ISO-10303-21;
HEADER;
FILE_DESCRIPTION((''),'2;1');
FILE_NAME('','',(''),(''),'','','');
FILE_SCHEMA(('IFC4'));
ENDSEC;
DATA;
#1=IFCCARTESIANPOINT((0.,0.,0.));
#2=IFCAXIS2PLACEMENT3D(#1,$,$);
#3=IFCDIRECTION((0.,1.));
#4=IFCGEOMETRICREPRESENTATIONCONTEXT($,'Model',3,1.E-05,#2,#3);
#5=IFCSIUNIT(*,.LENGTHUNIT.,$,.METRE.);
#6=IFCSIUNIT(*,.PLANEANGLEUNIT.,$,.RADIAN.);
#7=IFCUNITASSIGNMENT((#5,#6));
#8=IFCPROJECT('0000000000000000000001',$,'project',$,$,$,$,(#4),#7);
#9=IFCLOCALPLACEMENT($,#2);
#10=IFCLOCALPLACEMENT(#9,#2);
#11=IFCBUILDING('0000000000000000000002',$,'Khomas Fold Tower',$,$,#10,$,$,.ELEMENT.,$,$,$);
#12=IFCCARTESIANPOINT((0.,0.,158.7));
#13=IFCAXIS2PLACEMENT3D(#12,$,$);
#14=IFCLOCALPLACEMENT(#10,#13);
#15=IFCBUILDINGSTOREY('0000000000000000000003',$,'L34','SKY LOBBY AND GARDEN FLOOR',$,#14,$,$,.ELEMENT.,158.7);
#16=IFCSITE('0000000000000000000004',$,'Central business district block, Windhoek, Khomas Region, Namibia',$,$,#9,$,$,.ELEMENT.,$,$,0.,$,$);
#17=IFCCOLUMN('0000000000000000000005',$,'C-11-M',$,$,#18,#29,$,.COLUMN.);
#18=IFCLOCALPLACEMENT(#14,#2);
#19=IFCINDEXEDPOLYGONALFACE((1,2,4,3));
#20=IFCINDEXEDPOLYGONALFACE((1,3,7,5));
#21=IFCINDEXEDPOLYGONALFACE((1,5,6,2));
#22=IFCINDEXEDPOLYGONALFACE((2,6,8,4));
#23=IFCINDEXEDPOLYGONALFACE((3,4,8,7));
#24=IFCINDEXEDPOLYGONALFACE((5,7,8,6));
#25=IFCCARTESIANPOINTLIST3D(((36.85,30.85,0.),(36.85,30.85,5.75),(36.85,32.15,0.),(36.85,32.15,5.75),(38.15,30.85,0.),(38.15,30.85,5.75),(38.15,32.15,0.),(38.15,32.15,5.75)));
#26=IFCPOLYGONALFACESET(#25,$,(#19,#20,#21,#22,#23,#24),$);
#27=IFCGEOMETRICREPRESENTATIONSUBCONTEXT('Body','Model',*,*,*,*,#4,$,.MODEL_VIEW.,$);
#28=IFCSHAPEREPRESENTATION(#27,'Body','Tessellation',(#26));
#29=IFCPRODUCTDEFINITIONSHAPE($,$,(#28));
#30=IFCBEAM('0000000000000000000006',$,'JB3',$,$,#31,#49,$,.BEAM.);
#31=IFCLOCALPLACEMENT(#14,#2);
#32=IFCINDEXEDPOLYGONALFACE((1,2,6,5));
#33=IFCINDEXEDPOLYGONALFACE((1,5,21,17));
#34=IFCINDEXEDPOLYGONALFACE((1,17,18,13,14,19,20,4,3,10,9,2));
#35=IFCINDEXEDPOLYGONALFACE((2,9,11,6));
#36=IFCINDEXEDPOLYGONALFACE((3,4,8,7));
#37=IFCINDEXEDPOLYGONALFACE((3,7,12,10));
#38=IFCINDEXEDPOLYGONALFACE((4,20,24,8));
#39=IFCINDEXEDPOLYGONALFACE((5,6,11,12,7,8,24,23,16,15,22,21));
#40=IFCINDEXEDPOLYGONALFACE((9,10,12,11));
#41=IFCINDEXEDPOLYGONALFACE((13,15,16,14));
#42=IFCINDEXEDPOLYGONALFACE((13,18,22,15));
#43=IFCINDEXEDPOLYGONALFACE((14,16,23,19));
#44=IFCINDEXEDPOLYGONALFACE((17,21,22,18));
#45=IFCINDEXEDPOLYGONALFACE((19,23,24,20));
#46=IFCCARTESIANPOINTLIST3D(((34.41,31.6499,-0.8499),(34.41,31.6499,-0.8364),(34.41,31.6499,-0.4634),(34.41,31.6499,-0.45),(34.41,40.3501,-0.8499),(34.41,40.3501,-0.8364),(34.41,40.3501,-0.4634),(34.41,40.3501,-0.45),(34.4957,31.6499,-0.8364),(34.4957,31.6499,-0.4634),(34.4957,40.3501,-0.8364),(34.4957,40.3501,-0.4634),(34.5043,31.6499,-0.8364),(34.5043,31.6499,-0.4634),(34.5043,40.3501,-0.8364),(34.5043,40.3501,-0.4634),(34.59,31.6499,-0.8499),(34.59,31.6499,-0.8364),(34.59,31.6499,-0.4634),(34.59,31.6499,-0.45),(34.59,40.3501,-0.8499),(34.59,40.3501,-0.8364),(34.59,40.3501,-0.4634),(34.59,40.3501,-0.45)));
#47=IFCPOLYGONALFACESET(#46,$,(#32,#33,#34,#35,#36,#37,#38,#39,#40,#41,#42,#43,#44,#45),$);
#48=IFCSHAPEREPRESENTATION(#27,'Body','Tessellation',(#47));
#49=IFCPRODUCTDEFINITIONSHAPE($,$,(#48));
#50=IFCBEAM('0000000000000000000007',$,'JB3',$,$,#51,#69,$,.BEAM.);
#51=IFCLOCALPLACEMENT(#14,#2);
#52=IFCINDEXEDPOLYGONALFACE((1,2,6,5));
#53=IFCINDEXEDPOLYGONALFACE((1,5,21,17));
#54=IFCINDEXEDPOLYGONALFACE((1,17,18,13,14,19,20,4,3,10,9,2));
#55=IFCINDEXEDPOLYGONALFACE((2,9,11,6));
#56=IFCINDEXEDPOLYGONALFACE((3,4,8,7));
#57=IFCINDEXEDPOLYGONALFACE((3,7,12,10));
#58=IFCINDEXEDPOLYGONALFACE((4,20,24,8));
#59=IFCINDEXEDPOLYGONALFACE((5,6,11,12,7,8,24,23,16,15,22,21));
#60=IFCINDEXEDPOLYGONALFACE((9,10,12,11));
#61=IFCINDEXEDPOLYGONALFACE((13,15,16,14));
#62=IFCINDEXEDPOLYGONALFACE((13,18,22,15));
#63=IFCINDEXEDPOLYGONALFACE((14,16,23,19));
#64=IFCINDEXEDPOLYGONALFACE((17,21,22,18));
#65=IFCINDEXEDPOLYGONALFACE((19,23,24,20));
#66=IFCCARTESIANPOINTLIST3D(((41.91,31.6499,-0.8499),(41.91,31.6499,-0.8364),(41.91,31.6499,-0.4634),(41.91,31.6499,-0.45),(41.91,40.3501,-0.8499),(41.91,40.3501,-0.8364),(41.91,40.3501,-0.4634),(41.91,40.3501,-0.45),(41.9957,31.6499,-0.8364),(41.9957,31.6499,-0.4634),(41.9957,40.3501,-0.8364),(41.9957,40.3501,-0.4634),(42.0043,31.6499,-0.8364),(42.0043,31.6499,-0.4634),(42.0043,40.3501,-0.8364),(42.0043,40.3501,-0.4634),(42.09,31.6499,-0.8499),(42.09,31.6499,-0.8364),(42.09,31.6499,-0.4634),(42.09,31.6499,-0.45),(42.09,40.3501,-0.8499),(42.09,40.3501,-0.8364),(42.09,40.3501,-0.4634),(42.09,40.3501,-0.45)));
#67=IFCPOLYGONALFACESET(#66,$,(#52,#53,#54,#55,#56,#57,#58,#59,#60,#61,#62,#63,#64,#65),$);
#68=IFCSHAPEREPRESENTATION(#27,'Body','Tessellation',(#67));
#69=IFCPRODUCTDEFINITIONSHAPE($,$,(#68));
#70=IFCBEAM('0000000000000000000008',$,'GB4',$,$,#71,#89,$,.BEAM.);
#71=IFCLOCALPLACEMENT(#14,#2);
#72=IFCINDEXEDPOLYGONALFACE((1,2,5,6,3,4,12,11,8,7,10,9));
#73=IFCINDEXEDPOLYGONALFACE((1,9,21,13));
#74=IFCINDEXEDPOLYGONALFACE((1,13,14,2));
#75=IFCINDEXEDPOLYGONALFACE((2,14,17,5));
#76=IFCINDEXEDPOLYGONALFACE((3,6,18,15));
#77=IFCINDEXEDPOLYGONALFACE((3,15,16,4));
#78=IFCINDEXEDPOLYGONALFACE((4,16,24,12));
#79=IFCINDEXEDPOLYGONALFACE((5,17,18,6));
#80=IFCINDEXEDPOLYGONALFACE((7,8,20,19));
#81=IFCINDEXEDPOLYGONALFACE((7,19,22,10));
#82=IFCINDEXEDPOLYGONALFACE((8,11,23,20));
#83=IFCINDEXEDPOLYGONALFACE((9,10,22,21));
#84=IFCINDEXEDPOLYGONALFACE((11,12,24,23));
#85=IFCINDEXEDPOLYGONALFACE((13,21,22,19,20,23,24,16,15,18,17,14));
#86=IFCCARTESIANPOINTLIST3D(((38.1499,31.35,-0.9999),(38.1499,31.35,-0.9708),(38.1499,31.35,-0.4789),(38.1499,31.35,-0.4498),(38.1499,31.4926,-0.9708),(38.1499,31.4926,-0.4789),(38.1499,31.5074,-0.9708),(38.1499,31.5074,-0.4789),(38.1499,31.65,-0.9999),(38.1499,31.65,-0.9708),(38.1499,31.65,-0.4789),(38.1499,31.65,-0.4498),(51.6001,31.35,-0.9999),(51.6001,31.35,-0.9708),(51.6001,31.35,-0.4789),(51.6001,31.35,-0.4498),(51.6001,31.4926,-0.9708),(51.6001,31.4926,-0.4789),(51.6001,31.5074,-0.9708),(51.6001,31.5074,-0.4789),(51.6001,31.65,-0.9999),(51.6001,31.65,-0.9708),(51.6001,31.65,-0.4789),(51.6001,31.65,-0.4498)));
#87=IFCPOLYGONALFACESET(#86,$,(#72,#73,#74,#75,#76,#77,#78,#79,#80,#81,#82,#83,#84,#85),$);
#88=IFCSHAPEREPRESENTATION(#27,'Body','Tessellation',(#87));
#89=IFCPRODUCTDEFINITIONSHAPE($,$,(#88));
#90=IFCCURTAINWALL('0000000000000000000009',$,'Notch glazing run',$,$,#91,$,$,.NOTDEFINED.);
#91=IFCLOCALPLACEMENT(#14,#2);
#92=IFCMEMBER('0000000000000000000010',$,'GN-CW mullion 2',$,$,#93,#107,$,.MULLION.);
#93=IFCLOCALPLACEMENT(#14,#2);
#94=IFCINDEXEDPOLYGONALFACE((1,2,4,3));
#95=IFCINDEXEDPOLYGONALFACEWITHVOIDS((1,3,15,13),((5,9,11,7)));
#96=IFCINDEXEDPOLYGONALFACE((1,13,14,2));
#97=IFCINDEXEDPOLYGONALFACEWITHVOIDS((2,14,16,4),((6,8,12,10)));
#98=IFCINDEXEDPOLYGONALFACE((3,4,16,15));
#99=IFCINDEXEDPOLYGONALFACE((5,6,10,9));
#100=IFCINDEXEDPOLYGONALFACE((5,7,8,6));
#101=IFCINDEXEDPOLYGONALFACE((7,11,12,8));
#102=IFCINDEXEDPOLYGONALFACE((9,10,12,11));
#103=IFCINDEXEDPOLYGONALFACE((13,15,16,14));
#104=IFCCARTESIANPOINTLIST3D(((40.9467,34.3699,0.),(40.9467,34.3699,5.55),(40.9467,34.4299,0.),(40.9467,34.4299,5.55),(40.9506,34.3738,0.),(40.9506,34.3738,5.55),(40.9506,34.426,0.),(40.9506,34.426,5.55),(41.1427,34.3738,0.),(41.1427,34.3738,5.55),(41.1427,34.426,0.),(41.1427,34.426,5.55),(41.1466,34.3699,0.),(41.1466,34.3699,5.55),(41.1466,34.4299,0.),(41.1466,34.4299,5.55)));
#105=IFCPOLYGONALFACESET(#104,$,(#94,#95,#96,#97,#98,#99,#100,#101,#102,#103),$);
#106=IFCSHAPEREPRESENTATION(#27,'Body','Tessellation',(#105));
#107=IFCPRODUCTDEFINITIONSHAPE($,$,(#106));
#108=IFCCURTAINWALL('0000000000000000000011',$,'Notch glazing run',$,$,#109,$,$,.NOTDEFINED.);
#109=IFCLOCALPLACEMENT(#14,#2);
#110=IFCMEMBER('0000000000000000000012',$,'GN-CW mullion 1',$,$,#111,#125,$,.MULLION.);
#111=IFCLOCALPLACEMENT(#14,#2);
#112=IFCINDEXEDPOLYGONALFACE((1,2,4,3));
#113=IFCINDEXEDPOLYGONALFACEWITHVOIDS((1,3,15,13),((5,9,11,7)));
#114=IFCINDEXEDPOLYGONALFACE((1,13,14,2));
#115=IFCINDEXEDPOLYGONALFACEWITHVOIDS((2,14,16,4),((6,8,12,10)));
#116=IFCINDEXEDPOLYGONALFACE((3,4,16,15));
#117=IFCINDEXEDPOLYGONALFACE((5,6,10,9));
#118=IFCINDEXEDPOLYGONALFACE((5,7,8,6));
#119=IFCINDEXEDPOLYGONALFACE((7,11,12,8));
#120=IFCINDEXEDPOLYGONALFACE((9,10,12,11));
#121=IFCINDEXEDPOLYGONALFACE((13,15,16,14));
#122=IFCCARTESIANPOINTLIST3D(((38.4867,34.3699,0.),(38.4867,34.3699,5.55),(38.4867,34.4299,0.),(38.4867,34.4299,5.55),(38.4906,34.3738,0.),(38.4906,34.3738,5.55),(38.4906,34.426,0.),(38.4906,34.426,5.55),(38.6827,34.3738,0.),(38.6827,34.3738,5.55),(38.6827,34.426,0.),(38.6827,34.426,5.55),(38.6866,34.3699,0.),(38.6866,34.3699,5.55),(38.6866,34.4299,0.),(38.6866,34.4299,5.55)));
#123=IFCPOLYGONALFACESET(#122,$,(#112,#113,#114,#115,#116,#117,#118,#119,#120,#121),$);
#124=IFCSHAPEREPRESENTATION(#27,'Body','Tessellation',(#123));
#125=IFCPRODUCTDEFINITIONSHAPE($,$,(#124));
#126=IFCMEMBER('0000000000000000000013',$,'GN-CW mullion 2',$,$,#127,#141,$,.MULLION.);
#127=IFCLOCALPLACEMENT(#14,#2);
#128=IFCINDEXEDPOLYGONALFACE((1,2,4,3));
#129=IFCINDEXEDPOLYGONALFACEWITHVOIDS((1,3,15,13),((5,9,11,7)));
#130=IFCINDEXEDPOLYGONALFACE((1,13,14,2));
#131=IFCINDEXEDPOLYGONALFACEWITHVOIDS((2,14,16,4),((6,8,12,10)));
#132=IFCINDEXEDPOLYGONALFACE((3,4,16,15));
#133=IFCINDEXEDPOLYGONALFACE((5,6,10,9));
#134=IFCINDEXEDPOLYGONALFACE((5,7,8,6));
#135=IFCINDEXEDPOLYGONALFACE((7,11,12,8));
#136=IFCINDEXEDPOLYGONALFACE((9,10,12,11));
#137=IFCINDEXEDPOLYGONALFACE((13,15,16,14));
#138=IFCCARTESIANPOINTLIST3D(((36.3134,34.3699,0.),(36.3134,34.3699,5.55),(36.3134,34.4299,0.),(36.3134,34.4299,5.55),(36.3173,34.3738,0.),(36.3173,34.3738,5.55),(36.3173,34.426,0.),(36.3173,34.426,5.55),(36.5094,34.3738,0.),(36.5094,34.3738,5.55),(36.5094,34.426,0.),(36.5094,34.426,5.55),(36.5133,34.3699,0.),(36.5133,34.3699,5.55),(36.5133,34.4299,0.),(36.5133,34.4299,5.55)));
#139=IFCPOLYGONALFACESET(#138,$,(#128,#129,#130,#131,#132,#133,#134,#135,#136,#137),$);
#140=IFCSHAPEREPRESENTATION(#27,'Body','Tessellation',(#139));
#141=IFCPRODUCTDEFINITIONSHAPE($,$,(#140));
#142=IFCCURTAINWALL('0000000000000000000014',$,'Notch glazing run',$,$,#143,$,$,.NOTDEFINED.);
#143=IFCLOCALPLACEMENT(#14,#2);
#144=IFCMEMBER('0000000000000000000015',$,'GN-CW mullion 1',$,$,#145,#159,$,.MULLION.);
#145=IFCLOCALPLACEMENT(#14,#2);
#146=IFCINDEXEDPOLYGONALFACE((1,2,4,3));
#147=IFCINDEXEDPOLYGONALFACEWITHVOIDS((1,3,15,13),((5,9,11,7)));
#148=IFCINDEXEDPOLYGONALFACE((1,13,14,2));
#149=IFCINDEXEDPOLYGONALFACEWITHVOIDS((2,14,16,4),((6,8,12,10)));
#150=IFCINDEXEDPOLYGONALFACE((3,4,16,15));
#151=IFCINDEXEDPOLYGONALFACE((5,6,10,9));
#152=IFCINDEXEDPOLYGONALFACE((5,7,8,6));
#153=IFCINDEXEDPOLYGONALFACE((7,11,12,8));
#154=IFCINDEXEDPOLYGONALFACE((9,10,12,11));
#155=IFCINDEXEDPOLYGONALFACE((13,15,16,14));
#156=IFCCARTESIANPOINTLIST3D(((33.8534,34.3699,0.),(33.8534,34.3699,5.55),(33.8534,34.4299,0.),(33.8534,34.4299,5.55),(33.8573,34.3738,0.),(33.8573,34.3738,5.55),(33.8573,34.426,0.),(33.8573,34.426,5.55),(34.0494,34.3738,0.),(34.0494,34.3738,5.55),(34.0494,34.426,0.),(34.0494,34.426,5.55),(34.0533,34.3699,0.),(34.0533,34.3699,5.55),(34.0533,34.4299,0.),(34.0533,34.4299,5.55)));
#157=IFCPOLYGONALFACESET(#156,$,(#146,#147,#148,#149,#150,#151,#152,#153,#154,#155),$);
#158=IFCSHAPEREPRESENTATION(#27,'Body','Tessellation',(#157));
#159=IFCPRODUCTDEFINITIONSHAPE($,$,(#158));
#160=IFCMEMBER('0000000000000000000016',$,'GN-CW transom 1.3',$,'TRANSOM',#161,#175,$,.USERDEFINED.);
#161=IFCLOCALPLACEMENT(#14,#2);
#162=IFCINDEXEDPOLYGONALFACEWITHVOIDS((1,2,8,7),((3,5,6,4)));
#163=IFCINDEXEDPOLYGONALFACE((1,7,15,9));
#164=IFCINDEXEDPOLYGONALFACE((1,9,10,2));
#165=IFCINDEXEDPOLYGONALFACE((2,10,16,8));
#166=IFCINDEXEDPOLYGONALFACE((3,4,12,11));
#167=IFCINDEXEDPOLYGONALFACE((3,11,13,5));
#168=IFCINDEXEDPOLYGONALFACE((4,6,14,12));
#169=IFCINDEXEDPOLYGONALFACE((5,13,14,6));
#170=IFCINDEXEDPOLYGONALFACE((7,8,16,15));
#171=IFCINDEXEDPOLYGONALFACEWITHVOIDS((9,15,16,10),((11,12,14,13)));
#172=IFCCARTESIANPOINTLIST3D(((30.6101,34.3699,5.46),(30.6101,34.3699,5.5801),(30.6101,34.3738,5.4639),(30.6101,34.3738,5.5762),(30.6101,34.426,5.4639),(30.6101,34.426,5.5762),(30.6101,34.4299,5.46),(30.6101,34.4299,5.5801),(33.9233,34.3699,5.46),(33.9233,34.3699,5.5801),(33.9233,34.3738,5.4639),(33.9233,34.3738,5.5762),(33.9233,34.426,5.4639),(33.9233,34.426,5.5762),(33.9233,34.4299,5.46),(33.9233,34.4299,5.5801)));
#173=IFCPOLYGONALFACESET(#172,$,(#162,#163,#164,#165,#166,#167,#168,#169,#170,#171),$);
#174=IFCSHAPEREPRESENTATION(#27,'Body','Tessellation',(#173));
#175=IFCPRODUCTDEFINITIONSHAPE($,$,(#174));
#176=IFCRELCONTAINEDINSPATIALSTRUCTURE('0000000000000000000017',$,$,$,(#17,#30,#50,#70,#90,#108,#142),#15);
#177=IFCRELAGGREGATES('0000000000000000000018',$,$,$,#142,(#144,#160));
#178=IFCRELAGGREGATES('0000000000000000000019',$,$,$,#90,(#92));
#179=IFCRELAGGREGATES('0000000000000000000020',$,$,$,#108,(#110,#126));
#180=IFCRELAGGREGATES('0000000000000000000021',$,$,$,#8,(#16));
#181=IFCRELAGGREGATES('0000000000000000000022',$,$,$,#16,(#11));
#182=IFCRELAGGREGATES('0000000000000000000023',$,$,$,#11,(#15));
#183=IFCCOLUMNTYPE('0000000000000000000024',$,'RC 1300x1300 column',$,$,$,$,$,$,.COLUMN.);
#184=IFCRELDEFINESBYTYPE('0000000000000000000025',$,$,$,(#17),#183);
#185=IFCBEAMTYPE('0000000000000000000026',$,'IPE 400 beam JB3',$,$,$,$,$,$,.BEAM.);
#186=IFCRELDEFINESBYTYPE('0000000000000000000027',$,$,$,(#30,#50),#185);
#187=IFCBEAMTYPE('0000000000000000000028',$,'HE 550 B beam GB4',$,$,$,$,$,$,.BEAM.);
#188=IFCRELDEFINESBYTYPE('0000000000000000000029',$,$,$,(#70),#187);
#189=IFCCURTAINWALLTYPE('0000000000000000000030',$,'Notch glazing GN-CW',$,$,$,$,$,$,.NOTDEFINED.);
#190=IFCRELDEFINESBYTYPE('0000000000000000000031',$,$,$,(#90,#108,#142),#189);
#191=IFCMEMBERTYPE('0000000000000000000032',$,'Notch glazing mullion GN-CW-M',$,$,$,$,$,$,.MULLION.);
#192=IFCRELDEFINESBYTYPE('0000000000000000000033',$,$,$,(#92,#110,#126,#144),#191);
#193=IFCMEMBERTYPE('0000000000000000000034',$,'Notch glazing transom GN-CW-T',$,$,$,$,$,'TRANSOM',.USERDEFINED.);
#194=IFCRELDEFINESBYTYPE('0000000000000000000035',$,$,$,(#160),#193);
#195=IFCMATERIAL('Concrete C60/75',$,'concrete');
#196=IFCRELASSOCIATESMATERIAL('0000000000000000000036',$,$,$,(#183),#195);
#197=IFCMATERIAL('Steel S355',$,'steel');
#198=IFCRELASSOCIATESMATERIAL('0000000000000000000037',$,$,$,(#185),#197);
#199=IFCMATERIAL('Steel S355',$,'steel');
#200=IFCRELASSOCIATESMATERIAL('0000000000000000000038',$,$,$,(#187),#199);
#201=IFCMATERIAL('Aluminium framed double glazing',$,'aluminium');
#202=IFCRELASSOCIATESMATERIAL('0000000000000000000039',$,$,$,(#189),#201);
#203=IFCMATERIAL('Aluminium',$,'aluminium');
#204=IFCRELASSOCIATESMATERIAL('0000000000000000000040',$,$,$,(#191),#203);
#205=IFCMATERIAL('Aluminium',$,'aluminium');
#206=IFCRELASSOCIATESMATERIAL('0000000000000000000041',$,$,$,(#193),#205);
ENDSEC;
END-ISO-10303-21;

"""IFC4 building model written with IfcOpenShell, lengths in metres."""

from ifc_helpers import new_model, si_unit, direction, frame, origin, origin_2d, place, context, subcontext, project, spatial, rectangle, hollow_rectangle, i_section, extrude, source, transform, mapped, material, material_profile, profile_set, type_object, element, aggregate, save


model = new_model("IFC4")

# Units and contexts
model_context = context("Model", 3, precision=1e-05, world=origin(), true_north=direction((0.0, 1.0)))
body_context = subcontext(model_context, "Body", "Model", "MODEL_VIEW")
ifc_project = project(units=[si_unit("LENGTHUNIT", "METRE"), si_unit("PLANEANGLEUNIT", "RADIAN")], contexts=[model_context])

# Site, building, storey
site_placement = place(None, origin())
site = spatial("IfcSite", under=ifc_project, at=site_placement, Name="Central business district block, Windhoek, Khomas Region, Namibia", CompositionType="ELEMENT", RefElevation=0.0)
building_placement = place(site_placement, origin())
building = spatial("IfcBuilding", under=site, at=building_placement, Name="Khomas Fold Tower", CompositionType="ELEMENT")
storey_placement = place(building_placement, frame((0.0, 0.0, 158.7)))
storey = spatial("IfcBuildingStorey", under=building, at=storey_placement, Name="L34", Description="SKY LOBBY AND GARDEN FLOOR", CompositionType="ELEMENT", Elevation=158.7)

# Column
ifc_material_1 = material(Name="Concrete C60/75", Category="concrete")
ifc_material_profile_1 = material_profile(ifc_material_1, rectangle(XDim=1.3, YDim=1.3, at=origin_2d()), Name="RC 1300x1300")
ifc_profile_set_1 = profile_set([ifc_material_profile_1], Name="Concrete C60/75")
column_type = type_object("IfcColumnType", Name="RC 1300x1300 column", PredefinedType="COLUMN", material=ifc_profile_set_1)
shared_shape_1 = source(origin(), body_context, "Body", "SweptSolid", [
    extrude(rectangle(XDim=1.3, YDim=1.3, at=origin_2d()), origin(), (0.0, 0.0, 1.0), 5.75),
])
column_placement = place(storey_placement, frame((37.5, 31.5, 0.0), z_axis=(0.0, 0.0, 1.0), x_axis=(1.0, 0.0, 0.0)))
element("IfcColumn", 1, at=column_placement, inside=storey, type_object=column_type, Name="C-11-M", PredefinedType="COLUMN", context=body_context, shape_type="MappedRepresentation", body=[
    mapped(shared_shape_1, transform((0.0, 0.0, 0.0))),
])

# Beams
ifc_material_2 = material(Name="Steel S355", Category="steel")
ifc_material_profile_2 = material_profile(ifc_material_2, i_section(OverallWidth=0.1799, OverallDepth=0.3999, WebThickness=0.0085, FlangeThickness=0.0134, at=origin_2d()), Name="IPE 400")
ifc_profile_set_2 = profile_set([ifc_material_profile_2], Name="Steel S355")
beam_type_1 = type_object("IfcBeamType", Name="IPE 400 beam JB3", PredefinedType="BEAM", material=ifc_profile_set_2)
shared_shape_2 = source(origin(), body_context, "Body", "SweptSolid", [
    extrude(i_section(OverallWidth=0.1799, OverallDepth=0.3999, WebThickness=0.0085, FlangeThickness=0.0134, at=origin_2d()), origin(), (0.0, 0.0, 1.0), 8.7002),
])
for number, where, z_axis, x_axis, name in (
    (2, (34.5, 31.6499, -0.6499), (0.0, 1.0, 0.0), (-1.0, 0.0, 0.0), "JB3"),
    (3, (42.0, 31.6499, -0.6499), (0.0, 1.0, 0.0), (-1.0, 0.0, 0.0), "JB3"),
):
    element("IfcBeam", number, at=place(storey_placement, frame(where, z_axis=z_axis, x_axis=x_axis)), inside=storey, type_object=beam_type_1, Name=name, PredefinedType="BEAM", context=body_context, shape_type="MappedRepresentation", body=[
        mapped(shared_shape_2, transform((0.0, 0.0, 0.0))),
    ])
ifc_material_3 = material(Name="Steel S355", Category="steel")
ifc_material_profile_3 = material_profile(ifc_material_3, i_section(OverallWidth=0.3, OverallDepth=0.55, WebThickness=0.0149, FlangeThickness=0.0291, at=origin_2d()), Name="HE 550 B")
ifc_profile_set_3 = profile_set([ifc_material_profile_3], Name="Steel S355")
beam_type_2 = type_object("IfcBeamType", Name="HE 550 B beam GB4", PredefinedType="BEAM", material=ifc_profile_set_3)
shared_shape_3 = source(origin(), body_context, "Body", "SweptSolid", [
    extrude(i_section(OverallWidth=0.3, OverallDepth=0.55, WebThickness=0.0149, FlangeThickness=0.0291, at=origin_2d()), origin(), (0.0, 0.0, 1.0), 13.4502),
])
beam_placement = place(storey_placement, frame((38.1499, 31.5, -0.7249), z_axis=(1.0, 0.0, 0.0), x_axis=(0.0, 1.0, 0.0)))
element("IfcBeam", 4, at=beam_placement, inside=storey, type_object=beam_type_2, Name="GB4", PredefinedType="BEAM", context=body_context, shape_type="MappedRepresentation", body=[
    mapped(shared_shape_3, transform((0.0, 0.0, 0.0))),
])

# Curtain wall, member
ifc_material_4 = material(Name="Aluminium framed double glazing", Category="aluminium")
curtain_wall_type = type_object("IfcCurtainWallType", Name="Notch glazing GN-CW", PredefinedType="NOTDEFINED", material=ifc_material_4)
curtain_wall_1_placement = place(storey_placement, origin())
curtain_wall_1 = element("IfcCurtainWall", 5, at=curtain_wall_1_placement, inside=storey, type_object=curtain_wall_type, Name="Notch glazing run", PredefinedType="NOTDEFINED")
ifc_material_5 = material(Name="Aluminium", Category="aluminium")
ifc_material_profile_4 = material_profile(ifc_material_5, hollow_rectangle(XDim=0.0601, YDim=0.2, WallThickness=0.0039, at=origin_2d()), Name="Notch glazing mullion GN-CW-M")
ifc_profile_set_4 = profile_set([ifc_material_profile_4], Name="Aluminium")
member_type_1 = type_object("IfcMemberType", Name="Notch glazing mullion GN-CW-M", PredefinedType="MULLION", material=ifc_profile_set_4)
shared_shape_4 = source(origin(), body_context, "Body", "SweptSolid", [
    extrude(hollow_rectangle(XDim=0.0601, YDim=0.2, WallThickness=0.0039, at=origin_2d()), origin(), (0.0, 0.0, 1.0), 5.55),
])
member_1_placement = place(storey_placement, frame((41.0466, 34.3999, 0.0), z_axis=(0.0, 0.0, 1.0), x_axis=(0.0, -1.0, 0.0)))
member_1 = element("IfcMember", 6, at=member_1_placement, type_object=member_type_1, Name="GN-CW mullion 2", PredefinedType="MULLION", context=body_context, shape_type="MappedRepresentation", body=[
    mapped(shared_shape_4, transform((0.0, 0.0, 0.0))),
])

# Curtain walls, members
curtain_wall_2_placement = place(storey_placement, origin())
curtain_wall_2 = element("IfcCurtainWall", 7, at=curtain_wall_2_placement, inside=storey, type_object=curtain_wall_type, Name="Notch glazing run", PredefinedType="NOTDEFINED")
member_2_placement = place(storey_placement, frame((38.5867, 34.3999, 0.0), z_axis=(0.0, 0.0, 1.0), x_axis=(0.0, -1.0, 0.0)))
member_2 = element("IfcMember", 8, at=member_2_placement, type_object=member_type_1, Name="GN-CW mullion 1", PredefinedType="MULLION", context=body_context, shape_type="MappedRepresentation", body=[
    mapped(shared_shape_4, transform((0.0, 0.0, 0.0))),
])
member_3_placement = place(storey_placement, frame((36.4133, 34.3999, 0.0), z_axis=(0.0, 0.0, 1.0), x_axis=(0.0, -1.0, 0.0)))
member_3 = element("IfcMember", 9, at=member_3_placement, type_object=member_type_1, Name="GN-CW mullion 2", PredefinedType="MULLION", context=body_context, shape_type="MappedRepresentation", body=[
    mapped(shared_shape_4, transform((0.0, 0.0, 0.0))),
])
curtain_wall_3_placement = place(storey_placement, origin())
curtain_wall_3 = element("IfcCurtainWall", 10, at=curtain_wall_3_placement, inside=storey, type_object=curtain_wall_type, Name="Notch glazing run", PredefinedType="NOTDEFINED")
member_4_placement = place(storey_placement, frame((33.9534, 34.3999, 0.0), z_axis=(0.0, 0.0, 1.0), x_axis=(0.0, -1.0, 0.0)))
member_4 = element("IfcMember", 11, at=member_4_placement, type_object=member_type_1, Name="GN-CW mullion 1", PredefinedType="MULLION", context=body_context, shape_type="MappedRepresentation", body=[
    mapped(shared_shape_4, transform((0.0, 0.0, 0.0))),
])
ifc_material_6 = material(Name="Aluminium", Category="aluminium")
ifc_material_profile_5 = material_profile(ifc_material_6, hollow_rectangle(XDim=0.0601, YDim=0.1201, WallThickness=0.0039, at=origin_2d()), Name="Notch glazing transom GN-CW-T")
ifc_profile_set_5 = profile_set([ifc_material_profile_5], Name="Aluminium")
member_type_2 = type_object("IfcMemberType", Name="Notch glazing transom GN-CW-T", ElementType="TRANSOM", PredefinedType="USERDEFINED", material=ifc_profile_set_5)
shared_shape_5 = source(origin(), body_context, "Body", "SweptSolid", [
    extrude(hollow_rectangle(XDim=0.0601, YDim=0.1201, WallThickness=0.0039, at=origin_2d()), origin(), (0.0, 0.0, 1.0), 3.3132),
])
member_5_placement = place(storey_placement, frame((33.9233, 34.3999, 5.52), z_axis=(-1.0, 0.0, 0.0), x_axis=(0.0, -1.0, 0.0)))
member_5 = element("IfcMember", 12, at=member_5_placement, type_object=member_type_2, Name="GN-CW transom 1.3", ObjectType="TRANSOM", PredefinedType="USERDEFINED", context=body_context, shape_type="MappedRepresentation", body=[
    mapped(shared_shape_5, transform((0.0, 0.0, 0.0))),
])
aggregate(curtain_wall_3, [member_4, member_5])

aggregate(curtain_wall_1, [member_1])
aggregate(curtain_wall_2, [member_2, member_3])

save(model, "model.ifc")
